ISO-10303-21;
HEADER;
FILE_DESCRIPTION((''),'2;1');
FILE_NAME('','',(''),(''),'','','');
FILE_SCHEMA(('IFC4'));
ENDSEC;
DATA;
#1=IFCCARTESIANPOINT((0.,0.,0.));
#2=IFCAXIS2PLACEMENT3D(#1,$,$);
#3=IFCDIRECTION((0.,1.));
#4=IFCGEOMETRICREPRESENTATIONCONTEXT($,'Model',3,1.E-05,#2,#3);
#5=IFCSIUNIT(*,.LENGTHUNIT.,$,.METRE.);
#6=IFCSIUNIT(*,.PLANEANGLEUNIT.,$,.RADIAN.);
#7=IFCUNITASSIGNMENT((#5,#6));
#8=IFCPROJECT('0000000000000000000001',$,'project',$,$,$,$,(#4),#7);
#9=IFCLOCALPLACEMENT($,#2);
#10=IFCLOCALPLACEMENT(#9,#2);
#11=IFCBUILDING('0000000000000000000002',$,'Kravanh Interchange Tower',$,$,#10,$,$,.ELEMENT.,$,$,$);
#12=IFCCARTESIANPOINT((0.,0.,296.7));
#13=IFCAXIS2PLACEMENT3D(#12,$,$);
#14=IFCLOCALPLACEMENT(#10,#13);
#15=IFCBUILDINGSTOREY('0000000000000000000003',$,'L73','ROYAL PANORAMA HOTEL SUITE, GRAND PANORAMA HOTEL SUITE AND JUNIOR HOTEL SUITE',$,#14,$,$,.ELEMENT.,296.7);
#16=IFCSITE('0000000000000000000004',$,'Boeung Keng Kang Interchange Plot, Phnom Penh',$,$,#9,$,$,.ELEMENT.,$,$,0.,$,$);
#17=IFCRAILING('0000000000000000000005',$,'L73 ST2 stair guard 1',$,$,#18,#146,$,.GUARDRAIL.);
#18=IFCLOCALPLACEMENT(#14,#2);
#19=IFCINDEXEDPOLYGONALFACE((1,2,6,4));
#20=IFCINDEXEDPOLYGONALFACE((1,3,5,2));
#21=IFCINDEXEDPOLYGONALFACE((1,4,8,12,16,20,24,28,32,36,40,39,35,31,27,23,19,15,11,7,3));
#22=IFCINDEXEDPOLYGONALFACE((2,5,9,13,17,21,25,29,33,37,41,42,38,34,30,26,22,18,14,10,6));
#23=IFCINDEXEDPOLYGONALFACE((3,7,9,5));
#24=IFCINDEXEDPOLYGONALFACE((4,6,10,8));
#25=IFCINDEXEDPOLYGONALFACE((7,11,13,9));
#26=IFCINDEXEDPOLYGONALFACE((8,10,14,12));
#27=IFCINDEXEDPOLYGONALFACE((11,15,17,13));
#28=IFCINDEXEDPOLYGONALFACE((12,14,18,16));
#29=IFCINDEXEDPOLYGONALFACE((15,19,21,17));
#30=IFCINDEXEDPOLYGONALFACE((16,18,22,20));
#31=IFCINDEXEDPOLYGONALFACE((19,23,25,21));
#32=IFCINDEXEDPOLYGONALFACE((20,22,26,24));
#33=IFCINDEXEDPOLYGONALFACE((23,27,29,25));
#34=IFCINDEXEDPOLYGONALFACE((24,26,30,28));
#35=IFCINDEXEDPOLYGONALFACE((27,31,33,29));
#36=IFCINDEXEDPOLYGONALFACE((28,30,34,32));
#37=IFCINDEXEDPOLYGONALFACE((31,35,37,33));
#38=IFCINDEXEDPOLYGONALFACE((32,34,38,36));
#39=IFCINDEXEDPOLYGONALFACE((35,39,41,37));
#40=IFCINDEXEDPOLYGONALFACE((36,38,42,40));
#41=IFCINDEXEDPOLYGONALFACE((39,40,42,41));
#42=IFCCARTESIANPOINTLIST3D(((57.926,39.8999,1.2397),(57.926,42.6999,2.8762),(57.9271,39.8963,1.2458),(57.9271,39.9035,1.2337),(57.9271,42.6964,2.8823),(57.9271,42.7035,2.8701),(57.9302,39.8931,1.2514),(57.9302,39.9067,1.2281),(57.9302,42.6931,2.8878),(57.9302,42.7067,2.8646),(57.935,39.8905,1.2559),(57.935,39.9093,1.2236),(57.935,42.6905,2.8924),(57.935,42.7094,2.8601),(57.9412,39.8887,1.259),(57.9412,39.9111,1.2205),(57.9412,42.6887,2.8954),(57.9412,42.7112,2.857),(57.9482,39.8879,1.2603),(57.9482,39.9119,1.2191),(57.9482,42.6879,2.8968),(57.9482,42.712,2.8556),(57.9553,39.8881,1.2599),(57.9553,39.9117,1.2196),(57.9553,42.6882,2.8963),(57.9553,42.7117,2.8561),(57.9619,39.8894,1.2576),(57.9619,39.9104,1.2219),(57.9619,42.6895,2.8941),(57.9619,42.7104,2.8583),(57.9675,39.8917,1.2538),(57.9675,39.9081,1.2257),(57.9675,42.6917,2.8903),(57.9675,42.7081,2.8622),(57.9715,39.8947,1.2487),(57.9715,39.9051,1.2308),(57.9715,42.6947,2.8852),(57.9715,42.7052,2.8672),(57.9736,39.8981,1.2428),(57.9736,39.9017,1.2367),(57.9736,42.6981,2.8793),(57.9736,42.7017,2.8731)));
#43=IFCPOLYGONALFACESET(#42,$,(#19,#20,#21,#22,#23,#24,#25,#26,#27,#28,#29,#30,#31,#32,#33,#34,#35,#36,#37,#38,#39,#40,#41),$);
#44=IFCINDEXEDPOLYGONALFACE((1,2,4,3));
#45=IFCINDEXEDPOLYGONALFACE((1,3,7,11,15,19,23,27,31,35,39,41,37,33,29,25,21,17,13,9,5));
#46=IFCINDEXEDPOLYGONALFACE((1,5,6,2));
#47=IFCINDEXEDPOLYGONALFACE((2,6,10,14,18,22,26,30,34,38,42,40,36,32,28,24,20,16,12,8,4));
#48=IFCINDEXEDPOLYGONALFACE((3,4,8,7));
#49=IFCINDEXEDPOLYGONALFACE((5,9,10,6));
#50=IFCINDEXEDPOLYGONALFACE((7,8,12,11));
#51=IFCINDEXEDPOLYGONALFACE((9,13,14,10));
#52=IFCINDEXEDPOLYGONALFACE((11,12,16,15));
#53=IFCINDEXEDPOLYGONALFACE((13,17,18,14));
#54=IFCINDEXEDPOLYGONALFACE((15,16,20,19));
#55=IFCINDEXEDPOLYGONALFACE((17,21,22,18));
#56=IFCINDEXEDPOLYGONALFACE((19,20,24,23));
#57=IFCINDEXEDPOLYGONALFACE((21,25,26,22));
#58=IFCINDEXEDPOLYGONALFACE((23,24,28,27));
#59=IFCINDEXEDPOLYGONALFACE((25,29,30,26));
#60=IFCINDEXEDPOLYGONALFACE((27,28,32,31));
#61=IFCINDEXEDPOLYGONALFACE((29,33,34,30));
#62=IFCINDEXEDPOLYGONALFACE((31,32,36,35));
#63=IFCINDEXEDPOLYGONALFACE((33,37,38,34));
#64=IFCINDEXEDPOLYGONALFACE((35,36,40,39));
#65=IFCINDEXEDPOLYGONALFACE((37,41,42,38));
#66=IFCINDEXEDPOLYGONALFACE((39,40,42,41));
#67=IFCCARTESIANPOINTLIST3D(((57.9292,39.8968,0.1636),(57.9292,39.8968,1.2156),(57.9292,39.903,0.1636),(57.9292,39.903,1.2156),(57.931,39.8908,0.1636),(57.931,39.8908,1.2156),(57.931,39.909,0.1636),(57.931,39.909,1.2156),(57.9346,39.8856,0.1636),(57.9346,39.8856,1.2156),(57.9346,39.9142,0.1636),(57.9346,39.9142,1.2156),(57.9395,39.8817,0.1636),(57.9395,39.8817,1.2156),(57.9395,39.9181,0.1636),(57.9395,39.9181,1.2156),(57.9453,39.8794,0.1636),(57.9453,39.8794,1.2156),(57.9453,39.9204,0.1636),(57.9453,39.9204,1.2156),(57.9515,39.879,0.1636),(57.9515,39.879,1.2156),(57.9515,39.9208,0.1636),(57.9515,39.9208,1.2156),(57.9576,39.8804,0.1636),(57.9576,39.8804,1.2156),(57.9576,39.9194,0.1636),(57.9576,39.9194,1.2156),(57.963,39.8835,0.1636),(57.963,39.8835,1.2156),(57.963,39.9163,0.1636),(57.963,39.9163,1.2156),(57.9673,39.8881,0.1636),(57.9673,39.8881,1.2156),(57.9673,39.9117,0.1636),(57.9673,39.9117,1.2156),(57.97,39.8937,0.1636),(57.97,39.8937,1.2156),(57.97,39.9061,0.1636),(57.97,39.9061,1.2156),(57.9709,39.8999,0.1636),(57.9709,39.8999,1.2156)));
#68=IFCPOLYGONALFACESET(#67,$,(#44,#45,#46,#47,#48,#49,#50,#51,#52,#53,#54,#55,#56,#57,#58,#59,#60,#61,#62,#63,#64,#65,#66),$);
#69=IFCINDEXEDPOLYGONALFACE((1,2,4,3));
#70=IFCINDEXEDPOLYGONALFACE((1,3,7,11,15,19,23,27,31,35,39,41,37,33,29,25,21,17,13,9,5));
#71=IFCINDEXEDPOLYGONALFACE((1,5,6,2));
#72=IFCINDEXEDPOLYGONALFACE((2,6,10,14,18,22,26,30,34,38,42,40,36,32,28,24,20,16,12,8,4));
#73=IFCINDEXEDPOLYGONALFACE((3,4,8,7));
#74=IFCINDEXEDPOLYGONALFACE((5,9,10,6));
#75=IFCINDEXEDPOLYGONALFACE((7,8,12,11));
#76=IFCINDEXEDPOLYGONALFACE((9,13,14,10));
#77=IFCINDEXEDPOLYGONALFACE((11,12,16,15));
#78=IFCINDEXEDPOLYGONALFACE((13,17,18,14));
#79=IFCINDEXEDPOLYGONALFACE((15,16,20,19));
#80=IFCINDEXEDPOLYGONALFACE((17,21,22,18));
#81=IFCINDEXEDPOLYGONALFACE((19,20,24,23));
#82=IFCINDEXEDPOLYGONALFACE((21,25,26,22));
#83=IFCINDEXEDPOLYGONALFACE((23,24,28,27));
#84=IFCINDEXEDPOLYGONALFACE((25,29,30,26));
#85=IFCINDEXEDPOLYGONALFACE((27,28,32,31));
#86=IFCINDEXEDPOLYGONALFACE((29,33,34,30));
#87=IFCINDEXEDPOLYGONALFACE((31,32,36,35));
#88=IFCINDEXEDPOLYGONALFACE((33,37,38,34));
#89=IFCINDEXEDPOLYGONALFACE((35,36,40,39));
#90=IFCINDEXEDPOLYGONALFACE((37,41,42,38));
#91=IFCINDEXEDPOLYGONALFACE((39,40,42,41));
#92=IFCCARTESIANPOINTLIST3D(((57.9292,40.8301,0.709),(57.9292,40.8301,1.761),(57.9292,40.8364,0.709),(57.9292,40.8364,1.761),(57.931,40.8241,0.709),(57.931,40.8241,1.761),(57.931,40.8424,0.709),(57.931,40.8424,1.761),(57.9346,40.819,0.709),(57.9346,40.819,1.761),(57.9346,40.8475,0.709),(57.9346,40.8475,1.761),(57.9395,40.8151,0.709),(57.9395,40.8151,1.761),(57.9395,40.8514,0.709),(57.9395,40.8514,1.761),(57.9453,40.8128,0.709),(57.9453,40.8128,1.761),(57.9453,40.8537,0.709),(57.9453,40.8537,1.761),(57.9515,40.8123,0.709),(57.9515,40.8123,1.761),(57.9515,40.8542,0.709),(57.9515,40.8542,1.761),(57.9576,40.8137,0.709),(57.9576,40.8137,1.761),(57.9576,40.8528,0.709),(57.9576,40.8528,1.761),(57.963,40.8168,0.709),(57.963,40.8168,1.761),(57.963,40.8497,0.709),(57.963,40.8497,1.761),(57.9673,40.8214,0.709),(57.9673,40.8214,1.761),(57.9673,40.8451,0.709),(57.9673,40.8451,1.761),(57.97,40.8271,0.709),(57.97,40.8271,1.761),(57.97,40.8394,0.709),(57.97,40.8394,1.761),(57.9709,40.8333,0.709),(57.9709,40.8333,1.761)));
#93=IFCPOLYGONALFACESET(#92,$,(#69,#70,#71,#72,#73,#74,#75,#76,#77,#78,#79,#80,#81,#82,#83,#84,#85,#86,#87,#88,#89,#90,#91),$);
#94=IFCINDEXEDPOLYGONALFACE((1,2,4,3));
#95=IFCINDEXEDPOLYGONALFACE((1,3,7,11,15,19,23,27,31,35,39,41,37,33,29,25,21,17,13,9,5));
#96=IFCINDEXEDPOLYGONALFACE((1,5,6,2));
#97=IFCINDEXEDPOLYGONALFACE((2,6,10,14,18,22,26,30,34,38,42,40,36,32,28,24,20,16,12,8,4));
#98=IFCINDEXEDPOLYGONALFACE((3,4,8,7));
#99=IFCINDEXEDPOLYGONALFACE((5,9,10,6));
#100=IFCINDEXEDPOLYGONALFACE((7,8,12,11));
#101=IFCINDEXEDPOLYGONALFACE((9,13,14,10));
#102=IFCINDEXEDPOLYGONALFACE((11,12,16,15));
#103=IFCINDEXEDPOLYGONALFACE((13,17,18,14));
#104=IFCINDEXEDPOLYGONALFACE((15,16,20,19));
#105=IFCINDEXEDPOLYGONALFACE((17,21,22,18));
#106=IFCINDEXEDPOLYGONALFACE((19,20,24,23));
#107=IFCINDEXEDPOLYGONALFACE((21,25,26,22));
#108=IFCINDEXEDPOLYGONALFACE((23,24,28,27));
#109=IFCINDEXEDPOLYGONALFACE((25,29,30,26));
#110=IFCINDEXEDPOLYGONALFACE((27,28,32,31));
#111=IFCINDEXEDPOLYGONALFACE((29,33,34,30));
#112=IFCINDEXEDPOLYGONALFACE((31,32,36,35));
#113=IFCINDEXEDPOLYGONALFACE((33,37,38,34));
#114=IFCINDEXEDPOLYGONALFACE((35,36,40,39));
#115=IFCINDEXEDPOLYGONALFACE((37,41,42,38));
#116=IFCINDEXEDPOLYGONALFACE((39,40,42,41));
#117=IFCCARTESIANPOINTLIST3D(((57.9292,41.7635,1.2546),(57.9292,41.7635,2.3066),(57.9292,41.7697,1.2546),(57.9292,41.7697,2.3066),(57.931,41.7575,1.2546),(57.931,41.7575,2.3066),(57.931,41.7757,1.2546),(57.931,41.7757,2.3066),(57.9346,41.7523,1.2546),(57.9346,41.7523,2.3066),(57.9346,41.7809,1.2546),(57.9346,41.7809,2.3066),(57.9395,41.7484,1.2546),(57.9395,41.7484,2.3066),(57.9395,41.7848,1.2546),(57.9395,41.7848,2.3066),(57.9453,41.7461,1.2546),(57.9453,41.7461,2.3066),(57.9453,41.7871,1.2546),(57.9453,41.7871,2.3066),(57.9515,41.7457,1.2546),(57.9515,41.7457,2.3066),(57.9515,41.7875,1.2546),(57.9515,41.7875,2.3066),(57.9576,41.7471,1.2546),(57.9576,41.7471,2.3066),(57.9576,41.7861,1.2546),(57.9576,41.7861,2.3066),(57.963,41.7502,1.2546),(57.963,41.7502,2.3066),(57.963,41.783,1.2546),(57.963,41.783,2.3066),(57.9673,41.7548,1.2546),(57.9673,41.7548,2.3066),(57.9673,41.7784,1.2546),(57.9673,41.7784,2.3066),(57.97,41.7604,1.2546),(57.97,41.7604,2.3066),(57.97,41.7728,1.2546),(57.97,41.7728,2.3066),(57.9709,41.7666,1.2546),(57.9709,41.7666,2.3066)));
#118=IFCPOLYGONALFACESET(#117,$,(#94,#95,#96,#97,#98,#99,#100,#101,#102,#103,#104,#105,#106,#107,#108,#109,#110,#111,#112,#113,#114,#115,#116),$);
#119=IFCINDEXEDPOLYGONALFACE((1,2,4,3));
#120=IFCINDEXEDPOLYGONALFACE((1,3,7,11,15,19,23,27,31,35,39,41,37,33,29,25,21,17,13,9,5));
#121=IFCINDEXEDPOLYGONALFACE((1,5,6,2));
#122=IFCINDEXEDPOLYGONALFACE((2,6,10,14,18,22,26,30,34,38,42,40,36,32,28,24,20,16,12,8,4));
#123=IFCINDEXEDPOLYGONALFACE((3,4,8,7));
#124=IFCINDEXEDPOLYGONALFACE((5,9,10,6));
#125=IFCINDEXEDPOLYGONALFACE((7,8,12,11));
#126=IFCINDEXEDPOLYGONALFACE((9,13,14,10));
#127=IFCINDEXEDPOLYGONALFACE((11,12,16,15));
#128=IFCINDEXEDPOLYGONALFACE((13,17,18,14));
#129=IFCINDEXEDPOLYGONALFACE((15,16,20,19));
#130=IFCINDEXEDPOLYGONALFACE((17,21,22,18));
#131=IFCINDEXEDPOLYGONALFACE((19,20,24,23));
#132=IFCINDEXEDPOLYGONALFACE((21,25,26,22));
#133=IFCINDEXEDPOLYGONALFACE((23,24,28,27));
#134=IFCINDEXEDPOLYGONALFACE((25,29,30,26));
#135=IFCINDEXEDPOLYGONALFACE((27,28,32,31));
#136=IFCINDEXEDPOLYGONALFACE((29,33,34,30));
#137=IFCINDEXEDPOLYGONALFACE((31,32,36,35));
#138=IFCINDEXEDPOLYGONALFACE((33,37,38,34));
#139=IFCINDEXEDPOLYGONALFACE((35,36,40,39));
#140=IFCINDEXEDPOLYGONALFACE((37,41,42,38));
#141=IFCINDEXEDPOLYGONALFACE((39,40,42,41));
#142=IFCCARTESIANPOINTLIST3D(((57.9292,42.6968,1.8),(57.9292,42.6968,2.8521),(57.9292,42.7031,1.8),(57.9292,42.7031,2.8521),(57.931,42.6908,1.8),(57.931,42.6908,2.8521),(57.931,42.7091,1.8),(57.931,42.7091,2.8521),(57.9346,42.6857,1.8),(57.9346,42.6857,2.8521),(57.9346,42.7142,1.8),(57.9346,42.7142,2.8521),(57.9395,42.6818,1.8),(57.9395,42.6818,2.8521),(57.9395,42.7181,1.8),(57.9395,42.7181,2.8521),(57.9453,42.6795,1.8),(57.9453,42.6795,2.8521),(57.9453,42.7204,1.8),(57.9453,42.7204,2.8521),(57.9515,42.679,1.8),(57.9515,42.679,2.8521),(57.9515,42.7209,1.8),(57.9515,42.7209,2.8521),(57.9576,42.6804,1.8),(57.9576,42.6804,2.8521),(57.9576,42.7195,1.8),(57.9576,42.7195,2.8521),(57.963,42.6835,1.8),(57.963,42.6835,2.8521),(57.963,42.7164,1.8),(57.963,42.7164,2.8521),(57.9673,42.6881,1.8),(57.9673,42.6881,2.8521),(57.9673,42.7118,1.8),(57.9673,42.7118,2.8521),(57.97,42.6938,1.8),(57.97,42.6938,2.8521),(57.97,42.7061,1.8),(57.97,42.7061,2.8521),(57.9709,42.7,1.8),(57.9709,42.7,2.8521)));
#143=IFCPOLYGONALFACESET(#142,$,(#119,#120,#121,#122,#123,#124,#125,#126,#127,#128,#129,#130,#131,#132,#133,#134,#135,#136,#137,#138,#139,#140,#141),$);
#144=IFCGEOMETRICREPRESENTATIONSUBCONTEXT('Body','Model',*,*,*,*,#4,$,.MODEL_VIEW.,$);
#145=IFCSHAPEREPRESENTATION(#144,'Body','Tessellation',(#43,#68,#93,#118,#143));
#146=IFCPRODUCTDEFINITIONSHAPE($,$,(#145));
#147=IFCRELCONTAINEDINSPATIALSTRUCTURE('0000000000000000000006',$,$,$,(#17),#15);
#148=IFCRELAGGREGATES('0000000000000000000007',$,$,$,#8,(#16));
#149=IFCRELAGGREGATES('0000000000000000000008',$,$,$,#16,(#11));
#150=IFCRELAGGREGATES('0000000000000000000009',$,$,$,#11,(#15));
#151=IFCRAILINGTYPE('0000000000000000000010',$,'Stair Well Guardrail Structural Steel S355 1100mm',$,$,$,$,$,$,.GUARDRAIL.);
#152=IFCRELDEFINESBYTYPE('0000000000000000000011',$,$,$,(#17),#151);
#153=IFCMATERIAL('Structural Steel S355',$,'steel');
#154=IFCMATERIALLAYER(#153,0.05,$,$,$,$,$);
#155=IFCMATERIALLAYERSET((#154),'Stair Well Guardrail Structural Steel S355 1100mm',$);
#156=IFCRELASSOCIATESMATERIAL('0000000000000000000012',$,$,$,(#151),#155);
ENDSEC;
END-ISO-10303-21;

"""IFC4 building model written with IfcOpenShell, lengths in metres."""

from ifc_helpers import new_model, si_unit, direction, frame, origin, origin_2d, place, context, subcontext, project, spatial, circle, extrude, material, layer, layer_set, type_object, element, save


model = new_model("IFC4")

# Units and contexts
model_context = context("Model", 3, precision=1e-05, world=origin(), true_north=direction((0.0, 1.0)))
body_context = subcontext(model_context, "Body", "Model", "MODEL_VIEW")
ifc_project = project(units=[si_unit("LENGTHUNIT", "METRE"), si_unit("PLANEANGLEUNIT", "RADIAN")], contexts=[model_context])

# Site, building, storey
site_placement = place(None, origin())
site = spatial("IfcSite", under=ifc_project, at=site_placement, Name="Boeung Keng Kang Interchange Plot, Phnom Penh", CompositionType="ELEMENT", RefElevation=0.0)
building_placement = place(site_placement, origin())
building = spatial("IfcBuilding", under=site, at=building_placement, Name="Kravanh Interchange Tower", CompositionType="ELEMENT")
storey_placement = place(building_placement, frame((0.0, 0.0, 296.7)))
storey = spatial("IfcBuildingStorey", under=building, at=storey_placement, Name="L73", Description="ROYAL PANORAMA HOTEL SUITE, GRAND PANORAMA HOTEL SUITE AND JUNIOR HOTEL SUITE", CompositionType="ELEMENT", Elevation=296.7)

# Railing
ifc_material_1 = material(Name="Structural Steel S355", Category="steel")
ifc_layer_1 = layer(ifc_material_1, 0.05)
ifc_layer_set_1 = layer_set([ifc_layer_1], Name="Stair Well Guardrail Structural Steel S355 1100mm")
railing_type_1 = type_object("IfcRailingType", Name="Stair Well Guardrail Structural Steel S355 1100mm", PredefinedType="GUARDRAIL", material=ifc_layer_set_1)
railing_1_placement = place(storey_placement, frame((57.95, 39.8999, 0.1636)))
element("IfcRailing", 1, at=railing_1_placement, inside=storey, type_object=railing_type_1, Name="L73 ST2 stair guard 1", PredefinedType="GUARDRAIL", context=body_context, shape_type="SweptSolid", body=[
    extrude(circle(Radius=0.0239, at=origin_2d()), frame((0.0, 0.0, 1.0762), z_axis=(0.0, 0.863361, 0.504587), x_axis=(-1.0, 0.0, 0.0)), (0.0, 0.0, 1.0), 3.2432),
    extrude(circle(Radius=0.021, at=origin_2d()), origin(), (0.0, 0.0, 1.0), 1.052),
    extrude(circle(Radius=0.021, at=origin_2d()), frame((0.0, 0.9333, 0.5454)), (0.0, 0.0, 1.0), 1.052),
    extrude(circle(Radius=0.021, at=origin_2d()), frame((0.0, 1.8667, 1.0911)), (0.0, 0.0, 1.0), 1.052),
    extrude(circle(Radius=0.021, at=origin_2d()), frame((0.0, 2.8, 1.6365)), (0.0, 0.0, 1.0), 1.052),
])

save(model, "model.ifc")
